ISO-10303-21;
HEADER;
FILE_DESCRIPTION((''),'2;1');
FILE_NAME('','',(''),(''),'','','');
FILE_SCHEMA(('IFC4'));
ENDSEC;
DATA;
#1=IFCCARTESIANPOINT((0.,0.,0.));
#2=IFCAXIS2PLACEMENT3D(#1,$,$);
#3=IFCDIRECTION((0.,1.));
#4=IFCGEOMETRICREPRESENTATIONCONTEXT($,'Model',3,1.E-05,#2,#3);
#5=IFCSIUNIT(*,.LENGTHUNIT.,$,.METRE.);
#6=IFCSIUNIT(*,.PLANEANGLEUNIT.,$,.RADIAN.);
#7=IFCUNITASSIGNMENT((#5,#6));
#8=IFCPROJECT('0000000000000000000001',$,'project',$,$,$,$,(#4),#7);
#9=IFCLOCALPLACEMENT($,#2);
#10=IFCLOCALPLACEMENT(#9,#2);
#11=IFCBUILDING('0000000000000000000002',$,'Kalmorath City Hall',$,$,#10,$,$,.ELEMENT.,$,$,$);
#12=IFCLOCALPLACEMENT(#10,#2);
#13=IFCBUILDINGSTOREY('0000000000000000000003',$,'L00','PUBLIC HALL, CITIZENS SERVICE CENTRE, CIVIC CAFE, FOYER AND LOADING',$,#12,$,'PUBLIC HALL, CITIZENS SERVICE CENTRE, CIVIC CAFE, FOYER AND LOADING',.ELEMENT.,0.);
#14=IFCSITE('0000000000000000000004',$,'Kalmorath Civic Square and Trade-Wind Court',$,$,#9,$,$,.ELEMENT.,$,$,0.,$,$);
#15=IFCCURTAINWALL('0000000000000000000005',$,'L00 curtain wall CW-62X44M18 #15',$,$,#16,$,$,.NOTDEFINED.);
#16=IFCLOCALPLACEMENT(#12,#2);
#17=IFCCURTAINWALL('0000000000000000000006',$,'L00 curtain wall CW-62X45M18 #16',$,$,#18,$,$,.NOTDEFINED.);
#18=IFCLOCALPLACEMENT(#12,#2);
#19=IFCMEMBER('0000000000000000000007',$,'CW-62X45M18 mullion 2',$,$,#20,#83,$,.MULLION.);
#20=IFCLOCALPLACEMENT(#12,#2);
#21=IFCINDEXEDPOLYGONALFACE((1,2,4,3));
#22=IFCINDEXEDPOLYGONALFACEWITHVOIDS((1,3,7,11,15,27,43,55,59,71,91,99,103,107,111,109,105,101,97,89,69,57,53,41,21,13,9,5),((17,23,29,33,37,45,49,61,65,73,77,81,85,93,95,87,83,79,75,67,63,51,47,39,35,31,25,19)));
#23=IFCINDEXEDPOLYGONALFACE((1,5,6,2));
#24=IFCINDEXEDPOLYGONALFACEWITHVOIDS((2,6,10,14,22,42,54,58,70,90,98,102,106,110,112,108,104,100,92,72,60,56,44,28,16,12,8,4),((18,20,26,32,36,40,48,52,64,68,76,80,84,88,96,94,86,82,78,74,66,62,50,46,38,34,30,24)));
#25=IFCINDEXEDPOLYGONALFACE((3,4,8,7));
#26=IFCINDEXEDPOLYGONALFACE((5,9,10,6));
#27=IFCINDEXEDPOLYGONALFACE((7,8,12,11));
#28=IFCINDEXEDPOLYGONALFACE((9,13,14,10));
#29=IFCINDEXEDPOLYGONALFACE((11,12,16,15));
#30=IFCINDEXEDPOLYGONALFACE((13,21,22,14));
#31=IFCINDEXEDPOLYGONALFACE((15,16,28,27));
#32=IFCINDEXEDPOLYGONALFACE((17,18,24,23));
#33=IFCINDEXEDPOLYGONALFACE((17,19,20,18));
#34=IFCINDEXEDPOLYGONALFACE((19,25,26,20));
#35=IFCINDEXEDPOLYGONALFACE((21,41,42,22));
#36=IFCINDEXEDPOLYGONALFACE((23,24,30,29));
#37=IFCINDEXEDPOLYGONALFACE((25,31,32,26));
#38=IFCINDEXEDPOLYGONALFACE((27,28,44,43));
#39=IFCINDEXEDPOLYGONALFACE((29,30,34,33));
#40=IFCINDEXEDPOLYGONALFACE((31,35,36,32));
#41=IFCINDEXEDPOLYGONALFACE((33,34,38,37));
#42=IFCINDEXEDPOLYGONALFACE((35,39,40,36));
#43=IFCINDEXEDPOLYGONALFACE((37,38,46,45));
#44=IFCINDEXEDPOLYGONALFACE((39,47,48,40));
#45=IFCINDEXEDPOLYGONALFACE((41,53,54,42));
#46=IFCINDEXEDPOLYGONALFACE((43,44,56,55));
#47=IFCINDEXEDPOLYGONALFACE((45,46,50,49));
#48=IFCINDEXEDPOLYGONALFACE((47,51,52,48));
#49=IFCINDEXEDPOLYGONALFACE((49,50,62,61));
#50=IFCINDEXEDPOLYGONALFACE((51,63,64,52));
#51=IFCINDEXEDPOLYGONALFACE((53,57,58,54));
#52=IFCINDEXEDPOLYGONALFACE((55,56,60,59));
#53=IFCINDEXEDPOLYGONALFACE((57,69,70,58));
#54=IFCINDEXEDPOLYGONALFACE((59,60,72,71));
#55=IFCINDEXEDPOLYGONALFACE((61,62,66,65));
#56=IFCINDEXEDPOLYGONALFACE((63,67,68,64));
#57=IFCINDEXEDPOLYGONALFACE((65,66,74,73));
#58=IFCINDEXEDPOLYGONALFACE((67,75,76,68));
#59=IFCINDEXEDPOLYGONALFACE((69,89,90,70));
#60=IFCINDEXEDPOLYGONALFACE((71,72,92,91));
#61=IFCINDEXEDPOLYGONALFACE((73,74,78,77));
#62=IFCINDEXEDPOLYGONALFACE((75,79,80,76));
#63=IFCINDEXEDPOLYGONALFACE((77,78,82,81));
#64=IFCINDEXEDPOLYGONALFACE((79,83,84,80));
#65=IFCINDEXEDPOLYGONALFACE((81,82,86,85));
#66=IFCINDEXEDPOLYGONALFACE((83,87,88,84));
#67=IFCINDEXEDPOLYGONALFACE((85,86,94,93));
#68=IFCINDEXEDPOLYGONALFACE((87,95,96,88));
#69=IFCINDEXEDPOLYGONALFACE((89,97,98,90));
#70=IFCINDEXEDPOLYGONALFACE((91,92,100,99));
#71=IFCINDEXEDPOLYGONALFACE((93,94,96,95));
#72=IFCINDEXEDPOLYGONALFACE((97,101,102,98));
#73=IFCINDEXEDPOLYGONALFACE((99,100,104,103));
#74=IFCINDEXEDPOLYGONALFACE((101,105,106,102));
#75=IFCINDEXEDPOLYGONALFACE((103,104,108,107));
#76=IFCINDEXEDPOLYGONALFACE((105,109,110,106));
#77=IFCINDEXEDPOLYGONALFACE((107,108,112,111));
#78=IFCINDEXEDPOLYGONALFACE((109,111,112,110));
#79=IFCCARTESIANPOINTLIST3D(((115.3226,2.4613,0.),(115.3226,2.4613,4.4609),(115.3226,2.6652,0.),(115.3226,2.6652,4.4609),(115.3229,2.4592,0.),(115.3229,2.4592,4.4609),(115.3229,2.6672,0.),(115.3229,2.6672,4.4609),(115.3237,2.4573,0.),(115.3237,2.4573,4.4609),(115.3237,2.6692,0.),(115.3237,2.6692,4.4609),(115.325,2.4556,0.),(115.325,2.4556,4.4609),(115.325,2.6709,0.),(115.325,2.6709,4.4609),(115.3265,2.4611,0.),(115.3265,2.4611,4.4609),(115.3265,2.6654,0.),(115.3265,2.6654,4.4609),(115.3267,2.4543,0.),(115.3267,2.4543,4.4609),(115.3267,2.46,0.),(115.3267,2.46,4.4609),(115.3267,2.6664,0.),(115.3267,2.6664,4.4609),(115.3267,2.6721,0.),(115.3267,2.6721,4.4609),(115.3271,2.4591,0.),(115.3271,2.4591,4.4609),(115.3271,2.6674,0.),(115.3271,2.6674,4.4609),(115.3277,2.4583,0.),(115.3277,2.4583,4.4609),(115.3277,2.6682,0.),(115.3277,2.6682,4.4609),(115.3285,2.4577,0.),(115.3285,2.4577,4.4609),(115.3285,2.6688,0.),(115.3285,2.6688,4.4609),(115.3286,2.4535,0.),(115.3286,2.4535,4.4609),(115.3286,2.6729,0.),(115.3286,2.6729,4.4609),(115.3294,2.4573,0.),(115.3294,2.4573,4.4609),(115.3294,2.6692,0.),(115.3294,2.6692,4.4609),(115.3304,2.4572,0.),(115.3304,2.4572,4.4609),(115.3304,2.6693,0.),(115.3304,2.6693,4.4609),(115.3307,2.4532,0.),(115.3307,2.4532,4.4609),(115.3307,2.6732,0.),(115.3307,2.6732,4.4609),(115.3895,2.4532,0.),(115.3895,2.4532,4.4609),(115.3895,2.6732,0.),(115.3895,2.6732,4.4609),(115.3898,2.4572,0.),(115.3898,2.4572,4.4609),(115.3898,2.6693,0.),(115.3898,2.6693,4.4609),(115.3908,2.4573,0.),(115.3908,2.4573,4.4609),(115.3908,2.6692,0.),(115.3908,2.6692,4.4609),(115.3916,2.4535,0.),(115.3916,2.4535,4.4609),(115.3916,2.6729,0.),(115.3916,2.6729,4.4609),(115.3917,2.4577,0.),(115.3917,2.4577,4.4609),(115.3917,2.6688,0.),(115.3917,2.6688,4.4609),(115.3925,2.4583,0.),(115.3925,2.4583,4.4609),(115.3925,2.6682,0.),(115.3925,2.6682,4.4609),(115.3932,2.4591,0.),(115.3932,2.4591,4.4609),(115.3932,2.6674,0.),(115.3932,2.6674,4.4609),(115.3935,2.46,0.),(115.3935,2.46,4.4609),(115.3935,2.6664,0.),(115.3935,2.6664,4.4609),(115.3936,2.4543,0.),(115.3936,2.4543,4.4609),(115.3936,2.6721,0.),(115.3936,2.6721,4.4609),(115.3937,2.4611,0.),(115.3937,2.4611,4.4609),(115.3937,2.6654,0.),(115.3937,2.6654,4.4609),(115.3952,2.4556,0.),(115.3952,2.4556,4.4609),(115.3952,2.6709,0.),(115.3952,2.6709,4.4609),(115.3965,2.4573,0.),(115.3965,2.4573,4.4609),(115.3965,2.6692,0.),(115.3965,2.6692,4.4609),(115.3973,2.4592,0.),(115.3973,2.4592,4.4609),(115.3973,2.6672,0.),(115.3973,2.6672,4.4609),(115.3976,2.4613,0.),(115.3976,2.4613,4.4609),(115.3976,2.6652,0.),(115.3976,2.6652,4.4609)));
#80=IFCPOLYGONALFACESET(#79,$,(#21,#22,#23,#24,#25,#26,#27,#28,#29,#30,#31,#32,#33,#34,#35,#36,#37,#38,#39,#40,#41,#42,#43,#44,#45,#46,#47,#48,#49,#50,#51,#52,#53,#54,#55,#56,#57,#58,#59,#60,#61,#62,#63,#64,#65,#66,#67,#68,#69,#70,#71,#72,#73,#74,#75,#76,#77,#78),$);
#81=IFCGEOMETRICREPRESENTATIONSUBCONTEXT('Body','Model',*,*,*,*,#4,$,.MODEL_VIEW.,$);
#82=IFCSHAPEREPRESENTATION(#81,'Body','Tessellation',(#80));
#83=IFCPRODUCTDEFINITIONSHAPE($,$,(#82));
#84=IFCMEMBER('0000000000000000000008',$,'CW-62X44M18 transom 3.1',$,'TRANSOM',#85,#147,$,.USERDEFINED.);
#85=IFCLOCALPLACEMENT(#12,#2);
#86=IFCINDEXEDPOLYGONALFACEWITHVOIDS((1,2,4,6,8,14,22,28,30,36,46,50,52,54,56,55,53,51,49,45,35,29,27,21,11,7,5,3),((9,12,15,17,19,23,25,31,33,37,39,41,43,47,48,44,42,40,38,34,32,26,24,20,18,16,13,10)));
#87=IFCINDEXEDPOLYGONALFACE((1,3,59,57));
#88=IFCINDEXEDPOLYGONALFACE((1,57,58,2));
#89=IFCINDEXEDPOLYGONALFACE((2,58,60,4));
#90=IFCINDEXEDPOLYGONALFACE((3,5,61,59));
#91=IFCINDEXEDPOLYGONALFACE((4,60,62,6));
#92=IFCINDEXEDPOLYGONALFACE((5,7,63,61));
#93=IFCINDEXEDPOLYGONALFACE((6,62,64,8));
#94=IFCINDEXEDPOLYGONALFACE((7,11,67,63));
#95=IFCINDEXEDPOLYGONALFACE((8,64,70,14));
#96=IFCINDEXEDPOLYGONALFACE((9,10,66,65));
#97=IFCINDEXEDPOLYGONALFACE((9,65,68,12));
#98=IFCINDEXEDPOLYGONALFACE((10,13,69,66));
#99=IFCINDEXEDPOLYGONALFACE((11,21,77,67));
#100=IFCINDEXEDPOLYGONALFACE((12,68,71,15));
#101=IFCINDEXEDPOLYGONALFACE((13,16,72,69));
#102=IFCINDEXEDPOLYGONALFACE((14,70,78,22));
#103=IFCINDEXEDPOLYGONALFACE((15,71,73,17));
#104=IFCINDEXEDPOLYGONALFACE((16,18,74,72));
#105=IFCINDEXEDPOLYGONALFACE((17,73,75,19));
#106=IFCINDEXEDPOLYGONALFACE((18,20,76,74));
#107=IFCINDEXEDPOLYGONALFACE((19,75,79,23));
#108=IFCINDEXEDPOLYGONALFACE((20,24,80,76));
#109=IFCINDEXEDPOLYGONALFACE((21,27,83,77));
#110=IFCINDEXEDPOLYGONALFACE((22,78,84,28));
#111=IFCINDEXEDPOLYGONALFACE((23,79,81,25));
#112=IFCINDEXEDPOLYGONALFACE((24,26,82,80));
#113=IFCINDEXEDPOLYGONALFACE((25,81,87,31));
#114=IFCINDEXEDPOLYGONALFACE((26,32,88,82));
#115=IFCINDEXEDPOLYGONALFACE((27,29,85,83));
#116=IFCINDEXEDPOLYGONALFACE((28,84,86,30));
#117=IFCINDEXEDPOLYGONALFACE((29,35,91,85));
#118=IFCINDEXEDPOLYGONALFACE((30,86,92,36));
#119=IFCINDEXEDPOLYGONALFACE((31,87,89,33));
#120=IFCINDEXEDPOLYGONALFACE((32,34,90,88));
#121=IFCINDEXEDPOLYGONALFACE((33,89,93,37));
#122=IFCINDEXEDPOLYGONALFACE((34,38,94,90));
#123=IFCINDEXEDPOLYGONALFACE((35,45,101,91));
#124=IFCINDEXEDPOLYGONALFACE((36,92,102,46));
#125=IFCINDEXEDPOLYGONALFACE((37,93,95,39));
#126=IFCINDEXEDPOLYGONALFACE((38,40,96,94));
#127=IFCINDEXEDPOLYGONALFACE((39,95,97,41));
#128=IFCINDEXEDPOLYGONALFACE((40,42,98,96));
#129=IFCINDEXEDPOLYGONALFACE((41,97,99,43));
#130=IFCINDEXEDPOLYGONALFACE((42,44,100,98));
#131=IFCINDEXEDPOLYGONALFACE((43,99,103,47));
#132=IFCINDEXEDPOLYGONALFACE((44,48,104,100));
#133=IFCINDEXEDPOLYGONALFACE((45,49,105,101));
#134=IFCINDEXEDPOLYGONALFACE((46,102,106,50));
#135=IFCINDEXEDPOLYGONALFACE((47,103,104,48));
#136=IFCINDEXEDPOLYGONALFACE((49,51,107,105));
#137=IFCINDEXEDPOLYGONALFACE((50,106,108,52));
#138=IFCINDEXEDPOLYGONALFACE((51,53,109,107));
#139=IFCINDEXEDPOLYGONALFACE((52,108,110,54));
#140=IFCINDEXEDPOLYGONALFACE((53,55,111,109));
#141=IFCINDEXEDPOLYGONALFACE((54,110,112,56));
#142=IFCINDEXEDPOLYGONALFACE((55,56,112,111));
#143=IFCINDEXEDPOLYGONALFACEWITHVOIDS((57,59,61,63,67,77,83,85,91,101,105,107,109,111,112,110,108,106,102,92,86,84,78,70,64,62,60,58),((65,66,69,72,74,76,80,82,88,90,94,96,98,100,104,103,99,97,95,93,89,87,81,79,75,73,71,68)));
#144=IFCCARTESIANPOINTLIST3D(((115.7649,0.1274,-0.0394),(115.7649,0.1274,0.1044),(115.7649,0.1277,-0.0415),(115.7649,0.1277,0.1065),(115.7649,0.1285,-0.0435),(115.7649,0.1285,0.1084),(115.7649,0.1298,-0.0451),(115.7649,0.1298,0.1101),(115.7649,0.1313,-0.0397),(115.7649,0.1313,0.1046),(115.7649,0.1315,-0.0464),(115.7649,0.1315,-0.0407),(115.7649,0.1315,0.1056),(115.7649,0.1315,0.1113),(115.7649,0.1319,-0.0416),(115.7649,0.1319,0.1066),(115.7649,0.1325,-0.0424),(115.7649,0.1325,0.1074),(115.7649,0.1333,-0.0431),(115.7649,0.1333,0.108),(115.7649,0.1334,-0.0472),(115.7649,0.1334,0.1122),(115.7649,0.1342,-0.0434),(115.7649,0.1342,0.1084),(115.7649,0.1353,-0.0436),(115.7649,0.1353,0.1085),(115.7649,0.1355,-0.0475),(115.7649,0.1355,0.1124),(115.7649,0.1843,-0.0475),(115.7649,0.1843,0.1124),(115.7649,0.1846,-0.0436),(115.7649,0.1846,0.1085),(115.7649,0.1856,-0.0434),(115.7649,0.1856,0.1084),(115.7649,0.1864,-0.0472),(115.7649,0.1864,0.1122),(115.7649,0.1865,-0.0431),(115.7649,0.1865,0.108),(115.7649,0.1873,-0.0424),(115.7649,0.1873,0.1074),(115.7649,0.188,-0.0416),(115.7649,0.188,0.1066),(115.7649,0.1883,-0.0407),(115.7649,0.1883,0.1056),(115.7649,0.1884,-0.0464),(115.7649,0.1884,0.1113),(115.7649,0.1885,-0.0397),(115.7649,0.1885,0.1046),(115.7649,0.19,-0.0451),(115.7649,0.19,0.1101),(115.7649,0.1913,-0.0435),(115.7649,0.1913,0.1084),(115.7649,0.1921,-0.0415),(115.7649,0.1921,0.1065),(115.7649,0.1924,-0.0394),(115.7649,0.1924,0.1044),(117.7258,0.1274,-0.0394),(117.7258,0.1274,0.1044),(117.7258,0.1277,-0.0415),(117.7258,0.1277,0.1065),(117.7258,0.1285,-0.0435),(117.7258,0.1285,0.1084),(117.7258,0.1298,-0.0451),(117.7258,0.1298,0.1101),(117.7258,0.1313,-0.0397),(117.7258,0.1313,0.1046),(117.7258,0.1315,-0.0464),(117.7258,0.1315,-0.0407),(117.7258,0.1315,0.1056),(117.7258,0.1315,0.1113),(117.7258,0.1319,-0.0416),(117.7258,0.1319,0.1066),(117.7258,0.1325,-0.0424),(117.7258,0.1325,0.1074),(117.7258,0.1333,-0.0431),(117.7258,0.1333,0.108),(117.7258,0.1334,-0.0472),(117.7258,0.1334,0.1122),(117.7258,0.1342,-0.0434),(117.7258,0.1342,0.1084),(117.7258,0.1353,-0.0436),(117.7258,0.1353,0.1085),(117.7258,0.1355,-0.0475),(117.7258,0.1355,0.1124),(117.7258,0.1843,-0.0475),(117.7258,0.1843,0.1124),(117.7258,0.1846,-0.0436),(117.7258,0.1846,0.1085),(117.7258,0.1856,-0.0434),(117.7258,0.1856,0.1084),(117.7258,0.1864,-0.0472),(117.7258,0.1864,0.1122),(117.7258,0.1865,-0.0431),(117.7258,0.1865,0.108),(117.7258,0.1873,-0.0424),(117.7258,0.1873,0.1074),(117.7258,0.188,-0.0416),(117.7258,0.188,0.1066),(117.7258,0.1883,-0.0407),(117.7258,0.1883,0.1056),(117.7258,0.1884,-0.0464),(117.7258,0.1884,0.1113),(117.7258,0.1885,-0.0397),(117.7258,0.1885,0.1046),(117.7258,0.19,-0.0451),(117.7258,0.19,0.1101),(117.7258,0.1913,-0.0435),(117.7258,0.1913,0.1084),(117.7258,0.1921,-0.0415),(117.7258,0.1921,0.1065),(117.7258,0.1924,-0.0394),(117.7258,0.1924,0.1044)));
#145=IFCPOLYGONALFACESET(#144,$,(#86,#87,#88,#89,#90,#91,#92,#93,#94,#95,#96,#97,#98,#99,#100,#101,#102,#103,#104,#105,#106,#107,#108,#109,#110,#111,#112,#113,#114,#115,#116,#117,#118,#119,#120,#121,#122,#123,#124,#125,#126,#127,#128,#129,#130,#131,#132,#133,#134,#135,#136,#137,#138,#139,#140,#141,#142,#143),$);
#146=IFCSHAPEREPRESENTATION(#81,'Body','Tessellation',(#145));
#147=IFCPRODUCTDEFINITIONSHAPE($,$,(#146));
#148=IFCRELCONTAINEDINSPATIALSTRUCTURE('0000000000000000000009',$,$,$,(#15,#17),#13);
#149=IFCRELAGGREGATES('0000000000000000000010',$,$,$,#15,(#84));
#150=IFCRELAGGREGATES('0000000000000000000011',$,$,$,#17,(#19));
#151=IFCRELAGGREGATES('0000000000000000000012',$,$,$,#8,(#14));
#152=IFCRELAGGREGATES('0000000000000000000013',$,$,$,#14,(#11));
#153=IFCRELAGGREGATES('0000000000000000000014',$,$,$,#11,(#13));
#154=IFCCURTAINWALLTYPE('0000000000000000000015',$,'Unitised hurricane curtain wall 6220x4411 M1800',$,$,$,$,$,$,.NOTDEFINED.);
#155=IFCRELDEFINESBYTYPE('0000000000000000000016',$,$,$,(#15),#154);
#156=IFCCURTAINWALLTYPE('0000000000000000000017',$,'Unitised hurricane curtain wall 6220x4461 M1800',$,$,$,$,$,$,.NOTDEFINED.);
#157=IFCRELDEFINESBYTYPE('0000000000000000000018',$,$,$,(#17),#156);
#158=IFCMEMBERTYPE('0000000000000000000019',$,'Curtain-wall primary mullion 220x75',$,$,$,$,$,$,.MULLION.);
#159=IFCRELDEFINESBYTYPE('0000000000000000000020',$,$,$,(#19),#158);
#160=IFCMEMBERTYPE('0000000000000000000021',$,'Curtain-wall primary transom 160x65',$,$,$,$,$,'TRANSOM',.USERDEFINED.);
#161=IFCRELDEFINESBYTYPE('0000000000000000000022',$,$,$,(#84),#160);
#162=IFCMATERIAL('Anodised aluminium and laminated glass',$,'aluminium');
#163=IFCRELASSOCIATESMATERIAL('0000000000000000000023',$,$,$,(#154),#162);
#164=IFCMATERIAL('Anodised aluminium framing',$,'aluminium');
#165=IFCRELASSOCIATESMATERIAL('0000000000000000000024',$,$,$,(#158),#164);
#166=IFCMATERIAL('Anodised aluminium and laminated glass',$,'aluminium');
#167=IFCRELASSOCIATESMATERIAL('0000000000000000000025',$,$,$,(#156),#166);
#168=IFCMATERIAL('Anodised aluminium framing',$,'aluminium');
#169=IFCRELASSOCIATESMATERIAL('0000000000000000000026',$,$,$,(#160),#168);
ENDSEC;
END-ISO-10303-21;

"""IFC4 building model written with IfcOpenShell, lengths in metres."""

from ifc_helpers import new_model, si_unit, direction, frame, origin, origin_2d, place, context, subcontext, project, spatial, hollow_rectangle, extrude, material, material_profile, profile_set, type_object, element, aggregate, save


model = new_model("IFC4")

# Units and contexts
model_context = context("Model", 3, precision=1e-05, world=origin(), true_north=direction((0.0, 1.0)))
body_context = subcontext(model_context, "Body", "Model", "MODEL_VIEW")
ifc_project = project(units=[si_unit("LENGTHUNIT", "METRE"), si_unit("PLANEANGLEUNIT", "RADIAN")], contexts=[model_context])

# Site, building, storey
site_placement = place(None, origin())
site = spatial("IfcSite", under=ifc_project, at=site_placement, Name="Kalmorath Civic Square and Trade-Wind Court", CompositionType="ELEMENT", RefElevation=0.0)
building_placement = place(site_placement, origin())
building = spatial("IfcBuilding", under=site, at=building_placement, Name="Kalmorath City Hall", CompositionType="ELEMENT")
storey_placement = place(building_placement, origin())
storey = spatial("IfcBuildingStorey", under=building, at=storey_placement, Name="L00", Description="PUBLIC HALL, CITIZENS SERVICE CENTRE, CIVIC CAFE, FOYER AND LOADING", LongName="PUBLIC HALL, CITIZENS SERVICE CENTRE, CIVIC CAFE, FOYER AND LOADING", CompositionType="ELEMENT", Elevation=0.0)

# Curtain wall
ifc_material_1 = material(Name="Anodised aluminium and laminated glass", Category="aluminium")
curtain_wall_type_1 = type_object("IfcCurtainWallType", Name="Unitised hurricane curtain wall 6220x4411 M1800", PredefinedType="NOTDEFINED", material=ifc_material_1)
curtain_wall_1_placement = place(storey_placement, origin())
curtain_wall_1 = element("IfcCurtainWall", 1, at=curtain_wall_1_placement, inside=storey, type_object=curtain_wall_type_1, Name="L00 curtain wall CW-62X44M18 #15", PredefinedType="NOTDEFINED")
ifc_material_2 = material(Name="Anodised aluminium framing", Category="aluminium")
ifc_material_profile_1 = material_profile(ifc_material_2, hollow_rectangle(XDim=0.075, YDim=0.22, WallThickness=0.0039, InnerFilletRadius=0.0039, OuterFilletRadius=0.0081, at=origin_2d()), Name="ALU-MUL-220X75X4")
ifc_profile_set_1 = profile_set([ifc_material_profile_1], Name="Anodised aluminium framing")
member_type_1 = type_object("IfcMemberType", Name="Curtain-wall primary mullion 220x75", PredefinedType="MULLION", material=ifc_profile_set_1)

# Curtain wall, member
ifc_material_3 = material(Name="Anodised aluminium and laminated glass", Category="aluminium")
curtain_wall_type_2 = type_object("IfcCurtainWallType", Name="Unitised hurricane curtain wall 6220x4461 M1800", PredefinedType="NOTDEFINED", material=ifc_material_3)
curtain_wall_2_placement = place(storey_placement, origin())
curtain_wall_2 = element("IfcCurtainWall", 2, at=curtain_wall_2_placement, inside=storey, type_object=curtain_wall_type_2, Name="L00 curtain wall CW-62X45M18 #16", PredefinedType="NOTDEFINED")
member_1_placement = place(storey_placement, frame((115.3601, 2.5632, 0.0), z_axis=(0.0, 0.0, 1.0), x_axis=(-1.0, 0.0, 0.0)))
member_1 = element("IfcMember", 3, at=member_1_placement, type_object=member_type_1, Name="CW-62X45M18 mullion 2", PredefinedType="MULLION", context=body_context, shape_type="SweptSolid", body=[
    extrude(hollow_rectangle(XDim=0.075, YDim=0.22, WallThickness=0.0039, InnerFilletRadius=0.0039, OuterFilletRadius=0.0081, at=origin_2d()), origin(), (0.0, 0.0, 1.0), 4.4609),
])

# Member
ifc_material_4 = material(Name="Anodised aluminium framing", Category="aluminium")
ifc_material_profile_2 = material_profile(ifc_material_4, hollow_rectangle(XDim=0.0649, YDim=0.1599, WallThickness=0.0039, InnerFilletRadius=0.0039, OuterFilletRadius=0.0081, at=origin_2d()), Name="ALU-TRN-160X65X4")
ifc_profile_set_2 = profile_set([ifc_material_profile_2], Name="Anodised aluminium framing")
member_type_2 = type_object("IfcMemberType", Name="Curtain-wall primary transom 160x65", ElementType="TRANSOM", PredefinedType="USERDEFINED", material=ifc_profile_set_2)
member_2_placement = place(storey_placement, frame((117.7258, 0.1599, 0.0325), z_axis=(-1.0, 0.0, 0.0), x_axis=(0.0, -1.0, 0.0)))
member_2 = element("IfcMember", 4, at=member_2_placement, type_object=member_type_2, Name="CW-62X44M18 transom 3.1", ObjectType="TRANSOM", PredefinedType="USERDEFINED", context=body_context, shape_type="SweptSolid", body=[
    extrude(hollow_rectangle(XDim=0.0649, YDim=0.1599, WallThickness=0.0039, InnerFilletRadius=0.0039, OuterFilletRadius=0.0081, at=origin_2d()), origin(), (0.0, 0.0, 1.0), 1.9609),
])

aggregate(curtain_wall_1, [member_2])
aggregate(curtain_wall_2, [member_1])

save(model, "model.ifc")
